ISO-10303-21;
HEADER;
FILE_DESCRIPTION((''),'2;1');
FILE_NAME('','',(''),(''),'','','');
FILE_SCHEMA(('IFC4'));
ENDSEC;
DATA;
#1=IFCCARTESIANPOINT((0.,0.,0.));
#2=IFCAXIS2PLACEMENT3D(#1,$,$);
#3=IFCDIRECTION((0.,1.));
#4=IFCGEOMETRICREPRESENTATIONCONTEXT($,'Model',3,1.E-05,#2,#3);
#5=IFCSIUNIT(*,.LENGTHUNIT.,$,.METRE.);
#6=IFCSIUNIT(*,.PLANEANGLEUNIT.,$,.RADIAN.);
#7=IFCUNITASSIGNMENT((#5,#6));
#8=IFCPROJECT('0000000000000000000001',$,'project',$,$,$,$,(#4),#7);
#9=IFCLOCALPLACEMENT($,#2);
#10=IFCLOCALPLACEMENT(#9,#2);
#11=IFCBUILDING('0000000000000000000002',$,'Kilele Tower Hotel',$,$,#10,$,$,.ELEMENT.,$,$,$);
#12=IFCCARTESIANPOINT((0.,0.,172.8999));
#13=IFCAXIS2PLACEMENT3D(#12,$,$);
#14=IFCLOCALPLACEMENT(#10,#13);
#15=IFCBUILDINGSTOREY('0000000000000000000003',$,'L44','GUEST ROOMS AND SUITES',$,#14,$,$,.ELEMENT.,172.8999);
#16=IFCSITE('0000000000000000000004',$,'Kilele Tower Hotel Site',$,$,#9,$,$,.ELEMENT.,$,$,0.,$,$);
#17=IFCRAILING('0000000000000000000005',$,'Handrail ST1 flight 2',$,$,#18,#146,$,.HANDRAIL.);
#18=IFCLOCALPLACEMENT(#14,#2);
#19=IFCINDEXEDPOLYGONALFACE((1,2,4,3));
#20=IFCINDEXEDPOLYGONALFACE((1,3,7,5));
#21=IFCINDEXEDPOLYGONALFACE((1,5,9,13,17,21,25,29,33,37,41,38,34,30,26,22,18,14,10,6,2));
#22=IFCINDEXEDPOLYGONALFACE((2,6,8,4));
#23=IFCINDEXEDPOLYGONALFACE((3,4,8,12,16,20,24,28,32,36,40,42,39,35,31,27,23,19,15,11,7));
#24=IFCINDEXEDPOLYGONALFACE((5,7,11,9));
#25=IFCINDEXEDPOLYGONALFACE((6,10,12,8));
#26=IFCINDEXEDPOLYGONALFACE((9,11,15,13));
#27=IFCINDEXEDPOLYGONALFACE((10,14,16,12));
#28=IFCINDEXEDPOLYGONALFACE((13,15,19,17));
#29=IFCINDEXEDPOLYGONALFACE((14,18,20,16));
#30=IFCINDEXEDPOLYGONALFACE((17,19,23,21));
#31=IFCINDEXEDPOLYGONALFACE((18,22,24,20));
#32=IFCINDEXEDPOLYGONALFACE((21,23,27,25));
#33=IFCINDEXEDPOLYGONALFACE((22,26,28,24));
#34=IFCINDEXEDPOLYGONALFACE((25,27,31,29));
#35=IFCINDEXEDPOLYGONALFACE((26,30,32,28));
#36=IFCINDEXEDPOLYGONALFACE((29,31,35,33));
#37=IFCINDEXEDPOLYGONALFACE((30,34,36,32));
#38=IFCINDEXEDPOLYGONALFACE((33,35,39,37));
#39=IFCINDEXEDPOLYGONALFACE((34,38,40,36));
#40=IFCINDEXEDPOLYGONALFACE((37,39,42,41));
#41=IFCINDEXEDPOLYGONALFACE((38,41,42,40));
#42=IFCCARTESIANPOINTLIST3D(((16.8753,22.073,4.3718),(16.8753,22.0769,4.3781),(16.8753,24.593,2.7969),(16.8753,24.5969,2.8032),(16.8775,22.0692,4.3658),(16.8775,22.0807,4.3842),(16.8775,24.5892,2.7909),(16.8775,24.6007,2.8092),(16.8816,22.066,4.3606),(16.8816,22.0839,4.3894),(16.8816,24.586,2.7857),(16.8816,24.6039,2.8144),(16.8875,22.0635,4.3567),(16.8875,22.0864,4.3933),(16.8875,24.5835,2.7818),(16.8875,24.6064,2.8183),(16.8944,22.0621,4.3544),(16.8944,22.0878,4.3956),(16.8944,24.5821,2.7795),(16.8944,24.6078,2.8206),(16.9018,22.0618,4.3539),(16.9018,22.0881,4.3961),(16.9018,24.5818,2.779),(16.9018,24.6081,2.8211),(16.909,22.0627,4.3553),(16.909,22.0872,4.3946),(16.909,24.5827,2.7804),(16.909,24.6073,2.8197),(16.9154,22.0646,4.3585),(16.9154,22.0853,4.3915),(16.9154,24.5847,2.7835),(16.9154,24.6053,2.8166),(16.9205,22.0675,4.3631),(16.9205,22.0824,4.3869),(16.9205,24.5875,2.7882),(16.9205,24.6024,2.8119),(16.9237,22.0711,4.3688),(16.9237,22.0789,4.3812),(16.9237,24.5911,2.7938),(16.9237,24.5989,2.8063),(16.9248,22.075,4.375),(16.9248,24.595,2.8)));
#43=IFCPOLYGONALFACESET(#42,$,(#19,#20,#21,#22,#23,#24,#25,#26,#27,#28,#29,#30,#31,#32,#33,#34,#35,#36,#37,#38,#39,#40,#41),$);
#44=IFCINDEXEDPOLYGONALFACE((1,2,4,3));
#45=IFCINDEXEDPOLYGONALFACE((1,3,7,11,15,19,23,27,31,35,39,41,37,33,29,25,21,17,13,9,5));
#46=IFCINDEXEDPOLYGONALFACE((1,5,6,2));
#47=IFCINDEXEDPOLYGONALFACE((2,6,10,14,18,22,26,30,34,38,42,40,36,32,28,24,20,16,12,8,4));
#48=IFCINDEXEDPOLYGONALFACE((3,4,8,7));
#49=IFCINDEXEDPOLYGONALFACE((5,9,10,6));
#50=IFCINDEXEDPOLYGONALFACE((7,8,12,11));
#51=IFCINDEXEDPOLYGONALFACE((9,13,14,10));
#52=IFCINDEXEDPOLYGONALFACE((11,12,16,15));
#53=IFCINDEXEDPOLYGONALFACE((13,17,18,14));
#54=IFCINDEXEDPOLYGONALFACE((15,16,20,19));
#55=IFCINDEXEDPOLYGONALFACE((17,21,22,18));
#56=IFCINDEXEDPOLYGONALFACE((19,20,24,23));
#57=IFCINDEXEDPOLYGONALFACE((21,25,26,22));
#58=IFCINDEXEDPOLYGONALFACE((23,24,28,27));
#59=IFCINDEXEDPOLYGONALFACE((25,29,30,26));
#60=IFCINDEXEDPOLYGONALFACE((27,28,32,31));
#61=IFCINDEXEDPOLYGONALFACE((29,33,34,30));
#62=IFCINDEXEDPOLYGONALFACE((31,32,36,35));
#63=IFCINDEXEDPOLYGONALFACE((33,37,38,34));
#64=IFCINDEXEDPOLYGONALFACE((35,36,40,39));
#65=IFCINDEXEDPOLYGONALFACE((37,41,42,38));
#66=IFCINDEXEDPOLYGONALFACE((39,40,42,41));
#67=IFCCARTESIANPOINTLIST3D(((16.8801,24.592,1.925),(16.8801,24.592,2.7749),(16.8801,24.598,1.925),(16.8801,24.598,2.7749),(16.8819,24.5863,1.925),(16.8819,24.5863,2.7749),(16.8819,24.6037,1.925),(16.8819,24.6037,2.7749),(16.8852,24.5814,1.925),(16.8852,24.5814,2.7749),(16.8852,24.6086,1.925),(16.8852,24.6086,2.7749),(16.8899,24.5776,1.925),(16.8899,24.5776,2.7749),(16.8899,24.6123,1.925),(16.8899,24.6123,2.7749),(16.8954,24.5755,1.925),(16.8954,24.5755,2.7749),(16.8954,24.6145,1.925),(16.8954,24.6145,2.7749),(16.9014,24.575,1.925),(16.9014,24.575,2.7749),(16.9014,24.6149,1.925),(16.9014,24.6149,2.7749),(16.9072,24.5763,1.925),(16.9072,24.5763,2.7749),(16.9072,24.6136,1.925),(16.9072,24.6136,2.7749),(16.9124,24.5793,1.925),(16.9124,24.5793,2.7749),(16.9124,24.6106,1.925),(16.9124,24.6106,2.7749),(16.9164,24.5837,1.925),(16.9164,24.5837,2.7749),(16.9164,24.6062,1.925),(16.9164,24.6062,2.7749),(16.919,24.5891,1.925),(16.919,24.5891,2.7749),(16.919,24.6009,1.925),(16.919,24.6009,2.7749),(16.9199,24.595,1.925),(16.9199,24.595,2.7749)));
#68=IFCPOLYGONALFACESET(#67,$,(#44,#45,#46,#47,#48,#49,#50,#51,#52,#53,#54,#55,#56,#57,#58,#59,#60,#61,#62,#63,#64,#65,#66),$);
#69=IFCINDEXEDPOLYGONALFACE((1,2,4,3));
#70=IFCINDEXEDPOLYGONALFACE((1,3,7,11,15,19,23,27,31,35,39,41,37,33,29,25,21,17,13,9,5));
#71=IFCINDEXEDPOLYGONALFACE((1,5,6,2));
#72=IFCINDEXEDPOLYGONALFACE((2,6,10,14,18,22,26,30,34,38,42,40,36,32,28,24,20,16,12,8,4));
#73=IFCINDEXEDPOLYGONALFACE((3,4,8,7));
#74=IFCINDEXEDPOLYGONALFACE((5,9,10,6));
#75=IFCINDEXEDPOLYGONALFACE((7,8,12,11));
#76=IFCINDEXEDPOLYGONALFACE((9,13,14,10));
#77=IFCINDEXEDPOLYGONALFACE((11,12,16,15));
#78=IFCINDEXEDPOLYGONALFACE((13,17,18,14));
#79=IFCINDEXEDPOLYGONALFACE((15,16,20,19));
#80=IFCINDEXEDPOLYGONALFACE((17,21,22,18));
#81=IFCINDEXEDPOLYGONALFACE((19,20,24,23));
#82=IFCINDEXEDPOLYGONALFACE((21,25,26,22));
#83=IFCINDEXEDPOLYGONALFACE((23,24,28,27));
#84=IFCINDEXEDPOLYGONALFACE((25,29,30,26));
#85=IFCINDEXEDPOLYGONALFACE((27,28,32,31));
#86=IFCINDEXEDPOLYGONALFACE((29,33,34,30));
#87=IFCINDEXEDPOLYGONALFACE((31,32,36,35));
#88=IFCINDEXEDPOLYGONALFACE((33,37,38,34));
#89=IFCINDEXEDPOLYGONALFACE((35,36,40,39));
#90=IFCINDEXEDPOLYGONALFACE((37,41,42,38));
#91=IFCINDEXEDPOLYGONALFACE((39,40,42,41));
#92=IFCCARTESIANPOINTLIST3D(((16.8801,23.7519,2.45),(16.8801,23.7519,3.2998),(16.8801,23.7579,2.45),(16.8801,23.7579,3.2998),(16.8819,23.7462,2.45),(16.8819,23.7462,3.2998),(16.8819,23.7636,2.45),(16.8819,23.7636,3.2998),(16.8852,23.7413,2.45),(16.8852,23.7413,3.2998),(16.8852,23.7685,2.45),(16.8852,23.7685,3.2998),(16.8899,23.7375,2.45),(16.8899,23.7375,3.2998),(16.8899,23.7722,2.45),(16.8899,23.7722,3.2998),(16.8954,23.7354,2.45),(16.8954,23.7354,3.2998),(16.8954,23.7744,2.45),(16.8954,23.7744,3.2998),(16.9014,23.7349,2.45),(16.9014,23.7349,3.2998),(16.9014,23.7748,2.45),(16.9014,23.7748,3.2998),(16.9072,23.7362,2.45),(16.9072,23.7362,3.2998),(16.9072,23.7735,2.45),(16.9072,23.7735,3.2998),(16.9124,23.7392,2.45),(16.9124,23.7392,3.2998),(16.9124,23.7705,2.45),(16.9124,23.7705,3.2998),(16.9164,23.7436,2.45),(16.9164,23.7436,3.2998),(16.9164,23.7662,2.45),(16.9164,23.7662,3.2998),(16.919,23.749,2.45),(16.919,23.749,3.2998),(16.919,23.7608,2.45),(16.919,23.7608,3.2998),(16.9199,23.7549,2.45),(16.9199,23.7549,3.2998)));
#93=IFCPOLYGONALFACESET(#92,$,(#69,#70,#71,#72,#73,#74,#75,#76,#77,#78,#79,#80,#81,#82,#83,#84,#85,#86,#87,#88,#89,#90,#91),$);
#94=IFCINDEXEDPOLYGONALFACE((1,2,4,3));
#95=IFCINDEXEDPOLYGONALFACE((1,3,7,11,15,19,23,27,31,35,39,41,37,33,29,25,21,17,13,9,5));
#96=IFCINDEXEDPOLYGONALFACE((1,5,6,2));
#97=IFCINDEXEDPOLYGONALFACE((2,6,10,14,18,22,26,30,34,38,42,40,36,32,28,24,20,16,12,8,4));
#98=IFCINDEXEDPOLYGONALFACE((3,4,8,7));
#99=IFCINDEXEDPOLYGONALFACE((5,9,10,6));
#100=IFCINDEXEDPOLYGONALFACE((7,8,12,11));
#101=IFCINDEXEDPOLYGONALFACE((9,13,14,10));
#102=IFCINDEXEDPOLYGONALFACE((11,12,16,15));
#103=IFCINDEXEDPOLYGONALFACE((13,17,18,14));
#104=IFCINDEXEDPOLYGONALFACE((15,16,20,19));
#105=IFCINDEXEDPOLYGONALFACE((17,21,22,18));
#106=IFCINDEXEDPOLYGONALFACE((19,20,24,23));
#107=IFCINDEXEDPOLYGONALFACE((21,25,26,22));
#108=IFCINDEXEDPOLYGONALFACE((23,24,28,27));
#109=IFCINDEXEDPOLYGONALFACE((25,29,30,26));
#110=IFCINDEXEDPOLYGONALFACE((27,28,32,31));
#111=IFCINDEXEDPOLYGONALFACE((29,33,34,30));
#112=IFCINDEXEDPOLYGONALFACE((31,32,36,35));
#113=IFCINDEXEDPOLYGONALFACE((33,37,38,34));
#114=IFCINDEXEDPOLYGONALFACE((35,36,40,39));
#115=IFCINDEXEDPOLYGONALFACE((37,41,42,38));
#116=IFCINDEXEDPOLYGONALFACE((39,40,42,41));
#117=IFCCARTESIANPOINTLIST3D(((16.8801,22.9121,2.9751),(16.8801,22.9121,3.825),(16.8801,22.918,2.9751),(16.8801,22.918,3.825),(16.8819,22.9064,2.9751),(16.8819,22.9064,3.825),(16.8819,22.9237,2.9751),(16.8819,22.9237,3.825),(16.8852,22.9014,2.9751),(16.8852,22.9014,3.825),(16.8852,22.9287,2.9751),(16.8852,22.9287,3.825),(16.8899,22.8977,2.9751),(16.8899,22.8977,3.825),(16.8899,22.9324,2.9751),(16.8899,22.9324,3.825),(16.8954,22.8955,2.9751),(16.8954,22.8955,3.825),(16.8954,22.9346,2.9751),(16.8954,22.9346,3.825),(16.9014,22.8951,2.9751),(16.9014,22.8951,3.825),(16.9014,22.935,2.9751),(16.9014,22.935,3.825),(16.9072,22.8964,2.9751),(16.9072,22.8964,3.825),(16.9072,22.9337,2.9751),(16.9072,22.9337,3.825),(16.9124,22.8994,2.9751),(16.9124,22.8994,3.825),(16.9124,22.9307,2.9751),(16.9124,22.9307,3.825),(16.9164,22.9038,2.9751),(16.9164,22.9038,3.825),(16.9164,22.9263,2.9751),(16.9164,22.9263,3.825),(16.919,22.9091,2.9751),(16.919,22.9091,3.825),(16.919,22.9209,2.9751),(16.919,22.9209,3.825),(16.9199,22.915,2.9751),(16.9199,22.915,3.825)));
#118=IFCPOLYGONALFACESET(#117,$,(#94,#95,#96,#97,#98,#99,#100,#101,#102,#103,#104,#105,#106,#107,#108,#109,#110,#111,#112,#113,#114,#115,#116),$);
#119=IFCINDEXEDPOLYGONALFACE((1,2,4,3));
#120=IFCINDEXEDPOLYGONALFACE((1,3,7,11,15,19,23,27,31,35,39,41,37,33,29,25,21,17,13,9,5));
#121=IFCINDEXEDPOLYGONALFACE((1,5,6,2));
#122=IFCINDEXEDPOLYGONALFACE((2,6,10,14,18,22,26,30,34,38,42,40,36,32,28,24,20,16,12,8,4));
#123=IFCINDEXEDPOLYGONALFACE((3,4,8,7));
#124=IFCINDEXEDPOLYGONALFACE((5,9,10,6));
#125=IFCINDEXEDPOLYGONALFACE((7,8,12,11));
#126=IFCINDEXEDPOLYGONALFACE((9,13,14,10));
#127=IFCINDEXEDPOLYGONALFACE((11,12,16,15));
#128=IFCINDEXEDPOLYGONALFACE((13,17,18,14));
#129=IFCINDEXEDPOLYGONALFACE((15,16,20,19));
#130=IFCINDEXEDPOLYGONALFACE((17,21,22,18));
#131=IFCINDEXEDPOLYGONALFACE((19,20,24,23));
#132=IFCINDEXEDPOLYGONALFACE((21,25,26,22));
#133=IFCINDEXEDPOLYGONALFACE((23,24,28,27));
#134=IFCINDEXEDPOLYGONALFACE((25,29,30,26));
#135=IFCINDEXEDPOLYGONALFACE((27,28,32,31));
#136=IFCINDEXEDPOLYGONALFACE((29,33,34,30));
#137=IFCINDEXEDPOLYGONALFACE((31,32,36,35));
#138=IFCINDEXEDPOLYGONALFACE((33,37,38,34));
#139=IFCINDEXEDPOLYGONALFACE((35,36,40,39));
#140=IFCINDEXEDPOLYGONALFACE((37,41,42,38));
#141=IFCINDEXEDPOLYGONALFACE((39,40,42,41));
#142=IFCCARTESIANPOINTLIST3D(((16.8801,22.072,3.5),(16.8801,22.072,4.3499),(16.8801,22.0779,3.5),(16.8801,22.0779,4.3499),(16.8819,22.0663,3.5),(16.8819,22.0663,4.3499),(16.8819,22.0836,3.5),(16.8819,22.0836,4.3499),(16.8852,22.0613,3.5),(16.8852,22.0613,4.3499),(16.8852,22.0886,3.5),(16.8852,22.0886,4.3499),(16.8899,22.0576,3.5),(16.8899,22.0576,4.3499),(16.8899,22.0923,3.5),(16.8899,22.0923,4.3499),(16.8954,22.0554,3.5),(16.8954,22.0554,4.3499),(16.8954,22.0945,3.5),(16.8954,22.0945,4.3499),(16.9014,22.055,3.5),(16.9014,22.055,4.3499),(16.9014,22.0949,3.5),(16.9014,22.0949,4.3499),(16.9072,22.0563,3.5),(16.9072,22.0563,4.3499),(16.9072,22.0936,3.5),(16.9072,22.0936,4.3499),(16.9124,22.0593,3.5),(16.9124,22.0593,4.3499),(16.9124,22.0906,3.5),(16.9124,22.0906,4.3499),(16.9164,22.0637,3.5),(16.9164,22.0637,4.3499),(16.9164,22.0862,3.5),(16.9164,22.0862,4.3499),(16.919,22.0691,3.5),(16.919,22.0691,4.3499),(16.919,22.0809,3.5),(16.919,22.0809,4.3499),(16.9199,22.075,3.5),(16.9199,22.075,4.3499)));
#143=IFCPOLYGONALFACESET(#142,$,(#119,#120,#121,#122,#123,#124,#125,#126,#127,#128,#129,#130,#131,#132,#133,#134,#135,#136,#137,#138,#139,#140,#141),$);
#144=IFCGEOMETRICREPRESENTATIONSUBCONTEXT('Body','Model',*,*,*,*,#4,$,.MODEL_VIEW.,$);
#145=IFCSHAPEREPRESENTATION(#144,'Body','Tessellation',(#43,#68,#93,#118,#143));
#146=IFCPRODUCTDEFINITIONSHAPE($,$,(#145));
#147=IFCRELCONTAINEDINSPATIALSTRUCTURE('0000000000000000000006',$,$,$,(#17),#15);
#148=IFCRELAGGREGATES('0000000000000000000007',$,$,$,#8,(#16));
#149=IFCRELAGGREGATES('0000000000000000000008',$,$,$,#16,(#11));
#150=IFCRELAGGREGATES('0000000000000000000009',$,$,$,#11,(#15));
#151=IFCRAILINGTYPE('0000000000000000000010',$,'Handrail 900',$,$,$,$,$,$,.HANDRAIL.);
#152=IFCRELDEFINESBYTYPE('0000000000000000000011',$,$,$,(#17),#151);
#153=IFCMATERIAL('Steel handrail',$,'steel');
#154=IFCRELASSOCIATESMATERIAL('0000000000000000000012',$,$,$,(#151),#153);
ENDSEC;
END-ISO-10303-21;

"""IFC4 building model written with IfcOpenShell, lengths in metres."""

from ifc_helpers import new_model, si_unit, direction, frame, origin, origin_2d, place, context, subcontext, project, spatial, circle, extrude, material, type_object, element, save


model = new_model("IFC4")

# Units and contexts
model_context = context("Model", 3, precision=1e-05, world=origin(), true_north=direction((0.0, 1.0)))
body_context = subcontext(model_context, "Body", "Model", "MODEL_VIEW")
ifc_project = project(units=[si_unit("LENGTHUNIT", "METRE"), si_unit("PLANEANGLEUNIT", "RADIAN")], contexts=[model_context])

# Site, building, storey
site_placement = place(None, origin())
site = spatial("IfcSite", under=ifc_project, at=site_placement, Name="Kilele Tower Hotel Site", CompositionType="ELEMENT", RefElevation=0.0)
building_placement = place(site_placement, origin())
building = spatial("IfcBuilding", under=site, at=building_placement, Name="Kilele Tower Hotel", CompositionType="ELEMENT")
storey_placement = place(building_placement, frame((0.0, 0.0, 172.8999)))
storey = spatial("IfcBuildingStorey", under=building, at=storey_placement, Name="L44", Description="GUEST ROOMS AND SUITES", CompositionType="ELEMENT", Elevation=172.8999)

# Railing
ifc_material_1 = material(Name="Steel handrail", Category="steel")
railing_type_1 = type_object("IfcRailingType", Name="Handrail 900", PredefinedType="HANDRAIL", material=ifc_material_1)
for number, where, name in (
    (1, (16.8999, 24.595, 1.925), "Handrail ST1 flight 2"),
):
    element("IfcRailing", number, at=place(storey_placement, frame(where)), inside=storey, type_object=railing_type_1, Name=name, PredefinedType="HANDRAIL", context=body_context, shape_type="SweptSolid", body=[
        extrude(circle(Radius=0.0249, at=origin_2d()), frame((0.0, 0.0, 0.875), z_axis=(0.0, -0.848008, 0.529984), x_axis=(1.0, 0.0, 0.0)), (0.0, 0.0, 1.0), 2.9717),
        extrude(circle(Radius=0.02, at=origin_2d()), origin(), (0.0, 0.0, 1.0), 0.8499),
        extrude(circle(Radius=0.02, at=origin_2d()), frame((0.0, -0.8401, 0.5249)), (0.0, 0.0, 1.0), 0.8499),
        extrude(circle(Radius=0.02, at=origin_2d()), frame((0.0, -1.6799, 1.05)), (0.0, 0.0, 1.0), 0.8499),
        extrude(circle(Radius=0.02, at=origin_2d()), frame((0.0, -2.52, 1.575)), (0.0, 0.0, 1.0), 0.8499),
    ])

save(model, "model.ifc")
